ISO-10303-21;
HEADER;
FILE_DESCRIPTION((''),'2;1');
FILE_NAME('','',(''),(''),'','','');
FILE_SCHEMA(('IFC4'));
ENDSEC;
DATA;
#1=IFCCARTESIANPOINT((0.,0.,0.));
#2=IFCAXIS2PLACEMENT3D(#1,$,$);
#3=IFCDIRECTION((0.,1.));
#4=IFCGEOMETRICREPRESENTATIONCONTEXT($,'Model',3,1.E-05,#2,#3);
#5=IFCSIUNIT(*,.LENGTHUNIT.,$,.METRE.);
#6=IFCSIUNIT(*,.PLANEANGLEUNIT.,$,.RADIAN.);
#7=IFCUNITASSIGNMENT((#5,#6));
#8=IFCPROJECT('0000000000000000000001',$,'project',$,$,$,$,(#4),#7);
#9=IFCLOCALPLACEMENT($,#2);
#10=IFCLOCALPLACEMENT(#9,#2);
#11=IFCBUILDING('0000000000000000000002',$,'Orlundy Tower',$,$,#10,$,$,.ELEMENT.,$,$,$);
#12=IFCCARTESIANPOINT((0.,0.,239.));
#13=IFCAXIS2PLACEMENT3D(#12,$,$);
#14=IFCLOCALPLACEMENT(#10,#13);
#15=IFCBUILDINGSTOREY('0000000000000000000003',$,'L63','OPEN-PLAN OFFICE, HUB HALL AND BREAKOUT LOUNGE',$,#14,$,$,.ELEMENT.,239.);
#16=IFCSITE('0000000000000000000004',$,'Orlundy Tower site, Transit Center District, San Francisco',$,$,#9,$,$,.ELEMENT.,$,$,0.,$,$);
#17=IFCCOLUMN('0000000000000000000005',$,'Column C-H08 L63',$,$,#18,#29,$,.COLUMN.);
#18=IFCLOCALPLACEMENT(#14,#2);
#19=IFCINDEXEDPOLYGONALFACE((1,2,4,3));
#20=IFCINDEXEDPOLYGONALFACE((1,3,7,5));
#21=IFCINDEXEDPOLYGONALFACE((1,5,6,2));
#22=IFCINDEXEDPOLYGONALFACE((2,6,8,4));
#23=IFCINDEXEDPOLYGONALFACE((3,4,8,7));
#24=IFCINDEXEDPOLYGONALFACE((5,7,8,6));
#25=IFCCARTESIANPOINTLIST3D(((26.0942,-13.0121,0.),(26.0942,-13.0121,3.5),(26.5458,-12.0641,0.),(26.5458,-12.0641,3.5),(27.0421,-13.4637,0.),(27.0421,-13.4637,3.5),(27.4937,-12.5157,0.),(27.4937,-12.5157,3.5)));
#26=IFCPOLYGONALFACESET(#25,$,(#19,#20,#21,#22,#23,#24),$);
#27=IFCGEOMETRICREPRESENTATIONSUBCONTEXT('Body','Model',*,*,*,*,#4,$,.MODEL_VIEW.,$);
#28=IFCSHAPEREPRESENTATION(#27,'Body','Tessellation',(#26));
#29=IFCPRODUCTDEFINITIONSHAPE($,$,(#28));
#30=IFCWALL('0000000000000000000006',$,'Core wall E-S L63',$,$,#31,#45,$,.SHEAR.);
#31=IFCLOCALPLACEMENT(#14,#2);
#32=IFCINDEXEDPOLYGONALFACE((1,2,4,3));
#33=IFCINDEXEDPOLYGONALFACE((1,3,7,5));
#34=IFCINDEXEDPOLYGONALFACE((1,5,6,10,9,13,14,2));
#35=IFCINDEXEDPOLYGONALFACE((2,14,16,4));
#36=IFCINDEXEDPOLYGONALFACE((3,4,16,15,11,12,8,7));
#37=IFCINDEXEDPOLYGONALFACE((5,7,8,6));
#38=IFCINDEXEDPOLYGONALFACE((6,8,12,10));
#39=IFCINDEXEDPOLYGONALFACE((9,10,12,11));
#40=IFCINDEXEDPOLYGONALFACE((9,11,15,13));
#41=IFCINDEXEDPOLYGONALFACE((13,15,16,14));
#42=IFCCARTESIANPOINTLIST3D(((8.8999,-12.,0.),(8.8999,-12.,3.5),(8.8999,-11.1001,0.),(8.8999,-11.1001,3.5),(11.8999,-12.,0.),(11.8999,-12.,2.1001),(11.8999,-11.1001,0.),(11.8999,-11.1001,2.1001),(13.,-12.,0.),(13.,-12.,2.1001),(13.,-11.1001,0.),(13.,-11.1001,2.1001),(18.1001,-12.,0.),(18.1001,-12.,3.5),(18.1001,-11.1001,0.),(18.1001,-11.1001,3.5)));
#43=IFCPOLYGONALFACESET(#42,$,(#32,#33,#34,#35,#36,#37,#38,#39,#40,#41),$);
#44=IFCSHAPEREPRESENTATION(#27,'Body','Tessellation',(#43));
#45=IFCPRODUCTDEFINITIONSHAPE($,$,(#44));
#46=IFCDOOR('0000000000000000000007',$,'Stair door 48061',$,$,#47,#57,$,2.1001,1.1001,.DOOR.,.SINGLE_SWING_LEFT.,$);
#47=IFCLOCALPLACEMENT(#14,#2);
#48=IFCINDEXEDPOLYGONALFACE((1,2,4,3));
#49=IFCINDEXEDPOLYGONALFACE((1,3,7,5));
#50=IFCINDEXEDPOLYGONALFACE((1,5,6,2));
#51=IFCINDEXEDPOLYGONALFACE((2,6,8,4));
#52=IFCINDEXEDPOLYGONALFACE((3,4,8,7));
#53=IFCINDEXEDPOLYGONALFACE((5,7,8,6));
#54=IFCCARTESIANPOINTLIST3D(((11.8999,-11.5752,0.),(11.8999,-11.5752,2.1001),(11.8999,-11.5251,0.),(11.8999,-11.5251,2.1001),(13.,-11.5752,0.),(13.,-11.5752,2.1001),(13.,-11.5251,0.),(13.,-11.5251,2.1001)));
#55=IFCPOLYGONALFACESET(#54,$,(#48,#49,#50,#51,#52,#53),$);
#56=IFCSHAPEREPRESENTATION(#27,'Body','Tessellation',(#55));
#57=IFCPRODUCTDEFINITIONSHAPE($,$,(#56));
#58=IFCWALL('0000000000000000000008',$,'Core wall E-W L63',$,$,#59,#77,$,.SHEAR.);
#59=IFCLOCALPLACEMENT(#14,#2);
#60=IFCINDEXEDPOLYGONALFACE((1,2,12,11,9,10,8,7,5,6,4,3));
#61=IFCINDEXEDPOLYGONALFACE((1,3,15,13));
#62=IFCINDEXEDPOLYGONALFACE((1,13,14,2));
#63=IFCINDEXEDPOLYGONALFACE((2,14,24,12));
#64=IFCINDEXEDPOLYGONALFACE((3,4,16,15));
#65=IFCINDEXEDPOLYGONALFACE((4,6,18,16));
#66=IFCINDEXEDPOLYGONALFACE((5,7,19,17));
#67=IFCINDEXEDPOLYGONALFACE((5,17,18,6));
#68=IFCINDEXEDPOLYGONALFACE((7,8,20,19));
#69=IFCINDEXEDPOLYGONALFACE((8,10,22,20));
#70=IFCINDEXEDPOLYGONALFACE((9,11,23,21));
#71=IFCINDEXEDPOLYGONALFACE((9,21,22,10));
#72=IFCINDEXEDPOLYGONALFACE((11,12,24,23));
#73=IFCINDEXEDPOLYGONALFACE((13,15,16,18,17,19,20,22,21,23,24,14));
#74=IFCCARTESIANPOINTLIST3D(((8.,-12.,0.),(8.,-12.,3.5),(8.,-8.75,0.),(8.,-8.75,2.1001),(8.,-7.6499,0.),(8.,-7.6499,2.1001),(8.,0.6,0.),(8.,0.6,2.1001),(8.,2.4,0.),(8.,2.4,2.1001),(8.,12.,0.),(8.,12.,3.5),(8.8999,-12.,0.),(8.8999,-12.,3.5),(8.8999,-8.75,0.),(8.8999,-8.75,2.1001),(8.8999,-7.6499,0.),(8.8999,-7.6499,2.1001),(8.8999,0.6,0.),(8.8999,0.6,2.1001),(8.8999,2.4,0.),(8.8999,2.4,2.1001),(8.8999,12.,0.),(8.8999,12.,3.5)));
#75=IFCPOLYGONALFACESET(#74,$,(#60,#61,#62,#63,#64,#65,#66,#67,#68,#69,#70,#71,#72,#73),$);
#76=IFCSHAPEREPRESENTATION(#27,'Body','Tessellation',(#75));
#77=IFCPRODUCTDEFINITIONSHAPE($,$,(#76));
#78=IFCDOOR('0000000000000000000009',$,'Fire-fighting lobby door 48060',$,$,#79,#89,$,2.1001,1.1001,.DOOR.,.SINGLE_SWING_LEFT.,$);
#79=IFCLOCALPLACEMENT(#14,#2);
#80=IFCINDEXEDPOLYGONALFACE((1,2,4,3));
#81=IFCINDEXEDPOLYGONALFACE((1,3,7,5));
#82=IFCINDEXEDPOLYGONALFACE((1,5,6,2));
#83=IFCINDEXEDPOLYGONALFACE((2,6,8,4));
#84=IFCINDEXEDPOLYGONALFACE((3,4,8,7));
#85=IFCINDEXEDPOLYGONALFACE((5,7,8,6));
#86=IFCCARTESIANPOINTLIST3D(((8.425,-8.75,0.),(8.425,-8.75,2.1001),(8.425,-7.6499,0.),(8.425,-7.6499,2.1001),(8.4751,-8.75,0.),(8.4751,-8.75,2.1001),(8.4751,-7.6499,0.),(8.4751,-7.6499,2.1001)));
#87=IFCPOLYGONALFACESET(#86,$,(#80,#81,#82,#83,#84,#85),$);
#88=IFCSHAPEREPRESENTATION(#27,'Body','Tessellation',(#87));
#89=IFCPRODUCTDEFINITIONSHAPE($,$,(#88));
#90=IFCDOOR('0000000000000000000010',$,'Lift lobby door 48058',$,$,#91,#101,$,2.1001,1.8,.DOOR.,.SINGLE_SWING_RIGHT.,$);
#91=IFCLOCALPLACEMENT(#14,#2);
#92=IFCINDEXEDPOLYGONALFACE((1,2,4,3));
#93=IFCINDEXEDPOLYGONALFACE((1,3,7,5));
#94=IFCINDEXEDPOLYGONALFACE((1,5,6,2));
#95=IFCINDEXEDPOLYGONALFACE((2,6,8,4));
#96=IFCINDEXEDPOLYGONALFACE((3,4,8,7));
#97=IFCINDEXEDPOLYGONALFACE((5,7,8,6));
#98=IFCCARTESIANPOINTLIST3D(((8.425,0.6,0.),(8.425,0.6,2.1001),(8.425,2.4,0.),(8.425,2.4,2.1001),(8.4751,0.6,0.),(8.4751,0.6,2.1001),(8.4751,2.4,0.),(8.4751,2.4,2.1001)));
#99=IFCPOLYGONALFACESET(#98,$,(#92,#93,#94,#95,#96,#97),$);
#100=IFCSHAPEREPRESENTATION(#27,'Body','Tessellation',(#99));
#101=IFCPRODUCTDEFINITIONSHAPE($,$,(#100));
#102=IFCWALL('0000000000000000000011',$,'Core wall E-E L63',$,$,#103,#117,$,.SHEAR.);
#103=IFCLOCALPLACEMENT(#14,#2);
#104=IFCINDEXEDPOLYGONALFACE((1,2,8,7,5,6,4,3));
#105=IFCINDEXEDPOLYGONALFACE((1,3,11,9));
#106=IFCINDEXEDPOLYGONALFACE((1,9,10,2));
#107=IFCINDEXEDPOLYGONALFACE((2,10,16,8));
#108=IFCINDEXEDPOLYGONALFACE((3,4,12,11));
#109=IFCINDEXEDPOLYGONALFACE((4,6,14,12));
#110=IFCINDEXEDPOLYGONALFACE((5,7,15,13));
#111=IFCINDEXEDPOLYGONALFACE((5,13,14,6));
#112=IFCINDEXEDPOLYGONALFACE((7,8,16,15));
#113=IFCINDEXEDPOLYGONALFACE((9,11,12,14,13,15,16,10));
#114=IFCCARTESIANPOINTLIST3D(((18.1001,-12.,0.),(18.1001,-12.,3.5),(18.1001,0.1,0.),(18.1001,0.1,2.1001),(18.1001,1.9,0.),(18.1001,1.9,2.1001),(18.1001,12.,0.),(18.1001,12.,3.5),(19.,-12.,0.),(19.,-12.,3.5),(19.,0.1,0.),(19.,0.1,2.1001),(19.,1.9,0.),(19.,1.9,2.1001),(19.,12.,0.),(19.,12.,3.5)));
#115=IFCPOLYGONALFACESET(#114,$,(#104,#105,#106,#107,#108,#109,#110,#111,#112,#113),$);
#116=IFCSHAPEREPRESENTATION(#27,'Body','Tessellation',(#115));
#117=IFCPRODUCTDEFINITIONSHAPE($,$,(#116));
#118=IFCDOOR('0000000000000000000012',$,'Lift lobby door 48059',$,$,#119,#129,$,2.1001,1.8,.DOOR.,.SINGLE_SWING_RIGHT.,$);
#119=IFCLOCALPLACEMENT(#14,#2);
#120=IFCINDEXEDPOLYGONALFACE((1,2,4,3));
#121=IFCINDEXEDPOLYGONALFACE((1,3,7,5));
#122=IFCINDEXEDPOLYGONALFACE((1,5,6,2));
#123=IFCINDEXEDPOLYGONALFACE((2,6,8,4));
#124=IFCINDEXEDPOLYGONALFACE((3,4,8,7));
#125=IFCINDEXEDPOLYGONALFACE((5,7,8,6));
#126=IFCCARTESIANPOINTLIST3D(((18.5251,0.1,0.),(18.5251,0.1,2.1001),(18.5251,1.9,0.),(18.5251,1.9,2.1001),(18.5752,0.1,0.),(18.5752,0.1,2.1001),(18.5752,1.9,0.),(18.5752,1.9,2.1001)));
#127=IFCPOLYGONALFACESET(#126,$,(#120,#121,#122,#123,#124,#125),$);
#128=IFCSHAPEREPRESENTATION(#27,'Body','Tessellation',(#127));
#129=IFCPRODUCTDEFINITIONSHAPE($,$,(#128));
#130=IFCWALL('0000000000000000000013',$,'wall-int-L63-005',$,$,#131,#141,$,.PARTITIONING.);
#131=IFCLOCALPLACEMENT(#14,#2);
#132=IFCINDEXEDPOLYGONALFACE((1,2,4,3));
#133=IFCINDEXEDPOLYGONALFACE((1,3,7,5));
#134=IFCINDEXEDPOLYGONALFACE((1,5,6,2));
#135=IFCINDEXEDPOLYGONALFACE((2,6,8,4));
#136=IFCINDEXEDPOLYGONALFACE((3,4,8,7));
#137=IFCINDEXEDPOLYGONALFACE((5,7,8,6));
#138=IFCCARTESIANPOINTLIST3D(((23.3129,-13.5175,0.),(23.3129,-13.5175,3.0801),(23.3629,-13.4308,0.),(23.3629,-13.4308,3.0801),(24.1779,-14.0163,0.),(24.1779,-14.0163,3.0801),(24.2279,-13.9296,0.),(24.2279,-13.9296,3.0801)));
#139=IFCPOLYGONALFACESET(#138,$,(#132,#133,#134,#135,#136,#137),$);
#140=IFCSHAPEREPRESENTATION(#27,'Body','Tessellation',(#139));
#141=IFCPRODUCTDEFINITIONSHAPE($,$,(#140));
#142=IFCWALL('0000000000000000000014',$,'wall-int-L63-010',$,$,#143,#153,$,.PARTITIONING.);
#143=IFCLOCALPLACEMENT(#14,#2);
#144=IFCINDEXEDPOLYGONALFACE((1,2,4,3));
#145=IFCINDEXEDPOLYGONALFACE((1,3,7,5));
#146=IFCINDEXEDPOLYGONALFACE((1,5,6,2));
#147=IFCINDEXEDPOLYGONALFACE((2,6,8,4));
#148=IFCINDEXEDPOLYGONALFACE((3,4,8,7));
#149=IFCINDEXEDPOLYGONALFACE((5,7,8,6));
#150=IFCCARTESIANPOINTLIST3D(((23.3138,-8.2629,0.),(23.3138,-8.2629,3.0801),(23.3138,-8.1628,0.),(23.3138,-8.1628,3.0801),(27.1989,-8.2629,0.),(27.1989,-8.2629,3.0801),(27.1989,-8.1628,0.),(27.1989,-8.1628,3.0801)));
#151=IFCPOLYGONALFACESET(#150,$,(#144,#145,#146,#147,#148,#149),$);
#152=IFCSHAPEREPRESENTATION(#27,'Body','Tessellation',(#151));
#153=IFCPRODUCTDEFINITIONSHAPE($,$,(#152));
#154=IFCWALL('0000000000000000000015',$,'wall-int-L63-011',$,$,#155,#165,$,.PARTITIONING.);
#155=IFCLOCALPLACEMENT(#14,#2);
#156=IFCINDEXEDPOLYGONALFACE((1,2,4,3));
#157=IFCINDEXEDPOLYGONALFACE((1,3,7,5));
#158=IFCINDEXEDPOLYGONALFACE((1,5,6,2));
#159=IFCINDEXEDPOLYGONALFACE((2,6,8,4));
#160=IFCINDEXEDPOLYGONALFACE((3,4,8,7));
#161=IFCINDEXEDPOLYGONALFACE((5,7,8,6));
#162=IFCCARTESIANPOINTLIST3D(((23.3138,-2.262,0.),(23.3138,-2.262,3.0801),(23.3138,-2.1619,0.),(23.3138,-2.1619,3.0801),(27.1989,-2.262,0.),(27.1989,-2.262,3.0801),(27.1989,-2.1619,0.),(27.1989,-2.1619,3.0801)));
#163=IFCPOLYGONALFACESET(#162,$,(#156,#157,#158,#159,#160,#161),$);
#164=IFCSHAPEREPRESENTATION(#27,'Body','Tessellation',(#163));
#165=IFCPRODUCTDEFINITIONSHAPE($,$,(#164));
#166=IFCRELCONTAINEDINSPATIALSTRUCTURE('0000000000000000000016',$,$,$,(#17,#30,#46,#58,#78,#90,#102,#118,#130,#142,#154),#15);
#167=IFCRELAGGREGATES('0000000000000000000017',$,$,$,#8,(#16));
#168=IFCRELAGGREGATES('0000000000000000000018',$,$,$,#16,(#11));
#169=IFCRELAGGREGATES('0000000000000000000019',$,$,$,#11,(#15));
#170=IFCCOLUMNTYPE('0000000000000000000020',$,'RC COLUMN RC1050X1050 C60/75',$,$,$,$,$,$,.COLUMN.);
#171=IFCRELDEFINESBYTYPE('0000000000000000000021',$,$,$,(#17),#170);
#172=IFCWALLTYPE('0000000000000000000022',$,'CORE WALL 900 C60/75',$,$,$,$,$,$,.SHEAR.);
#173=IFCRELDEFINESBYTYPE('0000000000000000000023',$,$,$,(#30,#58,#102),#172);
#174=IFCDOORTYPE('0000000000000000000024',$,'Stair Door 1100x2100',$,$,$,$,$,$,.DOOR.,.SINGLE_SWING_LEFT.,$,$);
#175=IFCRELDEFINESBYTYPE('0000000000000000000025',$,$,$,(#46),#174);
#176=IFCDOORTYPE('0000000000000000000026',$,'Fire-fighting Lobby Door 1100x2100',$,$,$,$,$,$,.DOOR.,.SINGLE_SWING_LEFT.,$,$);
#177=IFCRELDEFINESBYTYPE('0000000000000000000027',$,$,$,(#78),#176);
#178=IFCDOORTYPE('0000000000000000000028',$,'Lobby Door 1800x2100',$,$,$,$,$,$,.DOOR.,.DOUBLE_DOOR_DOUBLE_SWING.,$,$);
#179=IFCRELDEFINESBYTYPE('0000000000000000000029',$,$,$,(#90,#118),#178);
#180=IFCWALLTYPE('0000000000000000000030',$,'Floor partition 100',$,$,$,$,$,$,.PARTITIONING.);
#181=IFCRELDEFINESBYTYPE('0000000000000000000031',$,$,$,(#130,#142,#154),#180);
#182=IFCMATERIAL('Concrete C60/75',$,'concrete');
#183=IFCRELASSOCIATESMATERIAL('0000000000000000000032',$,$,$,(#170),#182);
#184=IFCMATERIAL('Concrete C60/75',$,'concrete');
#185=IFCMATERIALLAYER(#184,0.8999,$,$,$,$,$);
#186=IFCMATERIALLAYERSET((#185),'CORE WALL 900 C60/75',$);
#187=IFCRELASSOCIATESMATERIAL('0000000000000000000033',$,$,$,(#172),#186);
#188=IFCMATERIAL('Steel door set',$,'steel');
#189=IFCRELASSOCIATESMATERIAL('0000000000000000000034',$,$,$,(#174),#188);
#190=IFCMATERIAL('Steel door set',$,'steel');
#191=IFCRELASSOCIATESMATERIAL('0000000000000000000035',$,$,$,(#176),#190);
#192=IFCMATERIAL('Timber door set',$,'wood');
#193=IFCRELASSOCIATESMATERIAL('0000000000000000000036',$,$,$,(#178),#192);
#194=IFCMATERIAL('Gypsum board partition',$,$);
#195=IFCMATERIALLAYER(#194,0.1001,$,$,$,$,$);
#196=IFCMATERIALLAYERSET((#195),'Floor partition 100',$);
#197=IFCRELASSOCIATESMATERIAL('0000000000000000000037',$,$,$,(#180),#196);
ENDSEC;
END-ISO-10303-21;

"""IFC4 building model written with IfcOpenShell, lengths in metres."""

from ifc_helpers import new_model, si_unit, direction, frame, frame_2d, origin, origin_2d, place, context, subcontext, project, spatial, rectangle, extrude, material, layer, layer_set, material_profile, profile_set, type_object, element, fill, save


model = new_model("IFC4")

# Units and contexts
model_context = context("Model", 3, precision=1e-05, world=origin(), true_north=direction((0.0, 1.0)))
body_context = subcontext(model_context, "Body", "Model", "MODEL_VIEW")
ifc_project = project(units=[si_unit("LENGTHUNIT", "METRE"), si_unit("PLANEANGLEUNIT", "RADIAN")], contexts=[model_context])

# Site, building, storey
site_placement = place(None, origin())
site = spatial("IfcSite", under=ifc_project, at=site_placement, Name="Orlundy Tower site, Transit Center District, San Francisco", CompositionType="ELEMENT", RefElevation=0.0)
building_placement = place(site_placement, origin())
building = spatial("IfcBuilding", under=site, at=building_placement, Name="Orlundy Tower", CompositionType="ELEMENT")
storey_placement = place(building_placement, frame((0.0, 0.0, 239.0)))
storey = spatial("IfcBuildingStorey", under=building, at=storey_placement, Name="L63", Description="OPEN-PLAN OFFICE, HUB HALL AND BREAKOUT LOUNGE", CompositionType="ELEMENT", Elevation=239.0)

# Column
ifc_material_1 = material(Name="Concrete C60/75", Category="concrete")
ifc_material_profile = material_profile(ifc_material_1, rectangle(XDim=1.05, YDim=1.05, at=origin_2d()), Name="RC1050X1050")
ifc_profile_set = profile_set([ifc_material_profile], Name="Concrete C60/75")
column_type = type_object("IfcColumnType", Name="RC COLUMN RC1050X1050 C60/75", PredefinedType="COLUMN", material=ifc_profile_set)
column_placement = place(storey_placement, frame((26.7939, -12.7639, 0.0), z_axis=(0.0, 0.0, 1.0), x_axis=(0.902796, -0.43007, 0.0)))
element("IfcColumn", 1, at=column_placement, inside=storey, type_object=column_type, Name="Column C-H08 L63", PredefinedType="COLUMN", context=body_context, shape_type="SweptSolid", body=[
    extrude(rectangle(XDim=1.05, YDim=1.05, at=origin_2d()), origin(), (0.0, 0.0, 1.0), 3.5),
])

# Wall, opening, door
ifc_material_2 = material(Name="Concrete C60/75", Category="concrete")
ifc_layer_1 = layer(ifc_material_2, 0.8999)
ifc_layer_set_1 = layer_set([ifc_layer_1], Name="CORE WALL 900 C60/75")
wall_type_1 = type_object("IfcWallType", Name="CORE WALL 900 C60/75", PredefinedType="SHEAR", material=ifc_layer_set_1)
wall_1_placement = place(storey_placement, frame((8.8999, -11.55, 0.0), z_axis=(0.0, 0.0, 1.0), x_axis=(1.0, 0.0, 0.0)))
wall_1 = element("IfcWall", 2, at=wall_1_placement, inside=storey, type_object=wall_type_1, Name="Core wall E-S L63", PredefinedType="SHEAR", context=body_context, shape_type="SweptSolid", body=[
    extrude(rectangle(XDim=9.2002, YDim=0.8999, at=frame_2d((4.6001, 0.0))), origin(), (0.0, 0.0, 1.0), 3.5),
])
opening_1_placement = place(wall_1_placement, frame((3.0, 0.0, 0.0)))
opening_1 = element("IfcOpeningElement", 3, at=opening_1_placement, cuts=wall_1, PredefinedType="OPENING", context=body_context, shape_type="SweptSolid", body=[
    extrude(rectangle(XDim=1.1001, YDim=2.1001, at=frame_2d((0.55, 1.05))), frame((0.0, 0.46, 0.0), z_axis=(0.0, -1.0, 0.0), x_axis=(1.0, 0.0, 0.0)), (0.0, 0.0, 1.0), 0.9199),
])
ifc_material_3 = material(Name="Steel door set", Category="steel")
door_type_1 = type_object("IfcDoorType", Name="Stair Door 1100x2100", OperationType="SINGLE_SWING_LEFT", PredefinedType="DOOR", material=ifc_material_3)
door_1_placement = place(opening_1_placement, origin())
door_1 = element("IfcDoor", 4, at=door_1_placement, inside=storey, type_object=door_type_1, Name="Stair door 48061", OperationType="SINGLE_SWING_LEFT", OverallHeight=2.1001, OverallWidth=1.1001, PredefinedType="DOOR", context=body_context, shape_type="SweptSolid", body=[
    extrude(rectangle(XDim=1.1001, YDim=2.1001, at=frame_2d((0.55, 1.05))), frame((0.0, 0.0249, 0.0), z_axis=(0.0, -1.0, 0.0), x_axis=(1.0, 0.0, 0.0)), (0.0, 0.0, 1.0), 0.05),
])
fill(opening_1, door_1)

# Wall, openings, doors
wall_2_placement = place(storey_placement, frame((8.45, -12.0, 0.0), z_axis=(0.0, 0.0, 1.0), x_axis=(0.0, 1.0, 0.0)))
wall_2 = element("IfcWall", 5, at=wall_2_placement, inside=storey, type_object=wall_type_1, Name="Core wall E-W L63", PredefinedType="SHEAR", context=body_context, shape_type="SweptSolid", body=[
    extrude(rectangle(XDim=24.0, YDim=0.8999, at=frame_2d((12.0, 0.0))), origin(), (0.0, 0.0, 1.0), 3.5),
])
opening_2_placement = place(wall_2_placement, frame((12.6001, 0.0, 0.0)))
opening_2 = element("IfcOpeningElement", 6, at=opening_2_placement, cuts=wall_2, PredefinedType="OPENING", context=body_context, shape_type="SweptSolid", body=[
    extrude(rectangle(XDim=1.8, YDim=2.1001, at=frame_2d((0.8999, 1.05))), frame((0.0, 0.46, 0.0), z_axis=(0.0, -1.0, 0.0), x_axis=(1.0, 0.0, 0.0)), (0.0, 0.0, 1.0), 0.9199),
])
opening_3_placement = place(wall_2_placement, frame((3.25, 0.0, 0.0)))
opening_3 = element("IfcOpeningElement", 7, at=opening_3_placement, cuts=wall_2, PredefinedType="OPENING", context=body_context, shape_type="SweptSolid", body=[
    extrude(rectangle(XDim=1.1001, YDim=2.1001, at=frame_2d((0.55, 1.05))), frame((0.0, 0.46, 0.0), z_axis=(0.0, -1.0, 0.0), x_axis=(1.0, 0.0, 0.0)), (0.0, 0.0, 1.0), 0.9199),
])
ifc_material_4 = material(Name="Steel door set", Category="steel")
door_type_2 = type_object("IfcDoorType", Name="Fire-fighting Lobby Door 1100x2100", OperationType="SINGLE_SWING_LEFT", PredefinedType="DOOR", material=ifc_material_4)
door_2_placement = place(opening_3_placement, origin())
door_2 = element("IfcDoor", 8, at=door_2_placement, inside=storey, type_object=door_type_2, Name="Fire-fighting lobby door 48060", OperationType="SINGLE_SWING_LEFT", OverallHeight=2.1001, OverallWidth=1.1001, PredefinedType="DOOR", context=body_context, shape_type="SweptSolid", body=[
    extrude(rectangle(XDim=1.1001, YDim=2.1001, at=frame_2d((0.55, 1.05))), frame((0.0, 0.0249, 0.0), z_axis=(0.0, -1.0, 0.0), x_axis=(1.0, 0.0, 0.0)), (0.0, 0.0, 1.0), 0.05),
])
fill(opening_3, door_2)
ifc_material_5 = material(Name="Timber door set", Category="wood")
door_type_3 = type_object("IfcDoorType", Name="Lobby Door 1800x2100", OperationType="DOUBLE_DOOR_DOUBLE_SWING", PredefinedType="DOOR", material=ifc_material_5)
door_3_placement = place(opening_2_placement, origin())
door_3 = element("IfcDoor", 9, at=door_3_placement, inside=storey, type_object=door_type_3, Name="Lift lobby door 48058", OperationType="SINGLE_SWING_RIGHT", OverallHeight=2.1001, OverallWidth=1.8, PredefinedType="DOOR", context=body_context, shape_type="SweptSolid", body=[
    extrude(rectangle(XDim=1.8, YDim=2.1001, at=frame_2d((0.8999, 1.05))), frame((0.0, 0.0249, 0.0), z_axis=(0.0, -1.0, 0.0), x_axis=(1.0, 0.0, 0.0)), (0.0, 0.0, 1.0), 0.05),
])
fill(opening_2, door_3)

# Wall, opening, door
wall_3_placement = place(storey_placement, frame((18.55, -12.0, 0.0), z_axis=(0.0, 0.0, 1.0), x_axis=(0.0, 1.0, 0.0)))
wall_3 = element("IfcWall", 10, at=wall_3_placement, inside=storey, type_object=wall_type_1, Name="Core wall E-E L63", PredefinedType="SHEAR", context=body_context, shape_type="SweptSolid", body=[
    extrude(rectangle(XDim=24.0, YDim=0.8999, at=frame_2d((12.0, 0.0))), origin(), (0.0, 0.0, 1.0), 3.5),
])
opening_4_placement = place(wall_3_placement, frame((12.1001, 0.0, 0.0)))
opening_4 = element("IfcOpeningElement", 11, at=opening_4_placement, cuts=wall_3, PredefinedType="OPENING", context=body_context, shape_type="SweptSolid", body=[
    extrude(rectangle(XDim=1.8, YDim=2.1001, at=frame_2d((0.8999, 1.05))), frame((0.0, 0.46, 0.0), z_axis=(0.0, -1.0, 0.0), x_axis=(1.0, 0.0, 0.0)), (0.0, 0.0, 1.0), 0.9199),
])
door_4_placement = place(opening_4_placement, origin())
door_4 = element("IfcDoor", 12, at=door_4_placement, inside=storey, type_object=door_type_3, Name="Lift lobby door 48059", OperationType="SINGLE_SWING_RIGHT", OverallHeight=2.1001, OverallWidth=1.8, PredefinedType="DOOR", context=body_context, shape_type="SweptSolid", body=[
    extrude(rectangle(XDim=1.8, YDim=2.1001, at=frame_2d((0.8999, 1.05))), frame((0.0, 0.0249, 0.0), z_axis=(0.0, -1.0, 0.0), x_axis=(1.0, 0.0, 0.0)), (0.0, 0.0, 1.0), 0.05),
])
fill(opening_4, door_4)

# Walls
ifc_material_6 = material(Name="Gypsum board partition")
ifc_layer_2 = layer(ifc_material_6, 0.1001)
ifc_layer_set_2 = layer_set([ifc_layer_2], Name="Floor partition 100")
wall_type_2 = type_object("IfcWallType", Name="Floor partition 100", PredefinedType="PARTITIONING", material=ifc_layer_set_2)
wall_4_placement = place(storey_placement, frame((23.3379, -13.4741, 0.0), z_axis=(0.0, 0.0, 1.0), x_axis=(0.866295, -0.499532, 0.0)))
element("IfcWall", 13, at=wall_4_placement, inside=storey, type_object=wall_type_2, Name="wall-int-L63-005", PredefinedType="PARTITIONING", context=body_context, shape_type="SweptSolid", body=[
    extrude(rectangle(XDim=0.9985, YDim=0.1001, at=frame_2d((0.4993, 0.0))), origin(), (0.0, 0.0, 1.0), 3.0801),
])
for number, where, z_axis, x_axis, name in (
    (14, (23.314, -8.2129, 0.0), (0.0, 0.0, 1.0), (1.0, 0.0, 0.0), "wall-int-L63-010"),
    (15, (23.314, -2.2119, 0.0), (0.0, 0.0, 1.0), (1.0, 0.0, 0.0), "wall-int-L63-011"),
):
    element("IfcWall", number, at=place(storey_placement, frame(where, z_axis=z_axis, x_axis=x_axis)), inside=storey, type_object=wall_type_2, Name=name, PredefinedType="PARTITIONING", context=body_context, shape_type="SweptSolid", body=[
        extrude(rectangle(XDim=3.885, YDim=0.1001, at=frame_2d((1.9424, 0.0))), origin(), (0.0, 0.0, 1.0), 3.0801),
    ])

save(model, "model.ifc")
